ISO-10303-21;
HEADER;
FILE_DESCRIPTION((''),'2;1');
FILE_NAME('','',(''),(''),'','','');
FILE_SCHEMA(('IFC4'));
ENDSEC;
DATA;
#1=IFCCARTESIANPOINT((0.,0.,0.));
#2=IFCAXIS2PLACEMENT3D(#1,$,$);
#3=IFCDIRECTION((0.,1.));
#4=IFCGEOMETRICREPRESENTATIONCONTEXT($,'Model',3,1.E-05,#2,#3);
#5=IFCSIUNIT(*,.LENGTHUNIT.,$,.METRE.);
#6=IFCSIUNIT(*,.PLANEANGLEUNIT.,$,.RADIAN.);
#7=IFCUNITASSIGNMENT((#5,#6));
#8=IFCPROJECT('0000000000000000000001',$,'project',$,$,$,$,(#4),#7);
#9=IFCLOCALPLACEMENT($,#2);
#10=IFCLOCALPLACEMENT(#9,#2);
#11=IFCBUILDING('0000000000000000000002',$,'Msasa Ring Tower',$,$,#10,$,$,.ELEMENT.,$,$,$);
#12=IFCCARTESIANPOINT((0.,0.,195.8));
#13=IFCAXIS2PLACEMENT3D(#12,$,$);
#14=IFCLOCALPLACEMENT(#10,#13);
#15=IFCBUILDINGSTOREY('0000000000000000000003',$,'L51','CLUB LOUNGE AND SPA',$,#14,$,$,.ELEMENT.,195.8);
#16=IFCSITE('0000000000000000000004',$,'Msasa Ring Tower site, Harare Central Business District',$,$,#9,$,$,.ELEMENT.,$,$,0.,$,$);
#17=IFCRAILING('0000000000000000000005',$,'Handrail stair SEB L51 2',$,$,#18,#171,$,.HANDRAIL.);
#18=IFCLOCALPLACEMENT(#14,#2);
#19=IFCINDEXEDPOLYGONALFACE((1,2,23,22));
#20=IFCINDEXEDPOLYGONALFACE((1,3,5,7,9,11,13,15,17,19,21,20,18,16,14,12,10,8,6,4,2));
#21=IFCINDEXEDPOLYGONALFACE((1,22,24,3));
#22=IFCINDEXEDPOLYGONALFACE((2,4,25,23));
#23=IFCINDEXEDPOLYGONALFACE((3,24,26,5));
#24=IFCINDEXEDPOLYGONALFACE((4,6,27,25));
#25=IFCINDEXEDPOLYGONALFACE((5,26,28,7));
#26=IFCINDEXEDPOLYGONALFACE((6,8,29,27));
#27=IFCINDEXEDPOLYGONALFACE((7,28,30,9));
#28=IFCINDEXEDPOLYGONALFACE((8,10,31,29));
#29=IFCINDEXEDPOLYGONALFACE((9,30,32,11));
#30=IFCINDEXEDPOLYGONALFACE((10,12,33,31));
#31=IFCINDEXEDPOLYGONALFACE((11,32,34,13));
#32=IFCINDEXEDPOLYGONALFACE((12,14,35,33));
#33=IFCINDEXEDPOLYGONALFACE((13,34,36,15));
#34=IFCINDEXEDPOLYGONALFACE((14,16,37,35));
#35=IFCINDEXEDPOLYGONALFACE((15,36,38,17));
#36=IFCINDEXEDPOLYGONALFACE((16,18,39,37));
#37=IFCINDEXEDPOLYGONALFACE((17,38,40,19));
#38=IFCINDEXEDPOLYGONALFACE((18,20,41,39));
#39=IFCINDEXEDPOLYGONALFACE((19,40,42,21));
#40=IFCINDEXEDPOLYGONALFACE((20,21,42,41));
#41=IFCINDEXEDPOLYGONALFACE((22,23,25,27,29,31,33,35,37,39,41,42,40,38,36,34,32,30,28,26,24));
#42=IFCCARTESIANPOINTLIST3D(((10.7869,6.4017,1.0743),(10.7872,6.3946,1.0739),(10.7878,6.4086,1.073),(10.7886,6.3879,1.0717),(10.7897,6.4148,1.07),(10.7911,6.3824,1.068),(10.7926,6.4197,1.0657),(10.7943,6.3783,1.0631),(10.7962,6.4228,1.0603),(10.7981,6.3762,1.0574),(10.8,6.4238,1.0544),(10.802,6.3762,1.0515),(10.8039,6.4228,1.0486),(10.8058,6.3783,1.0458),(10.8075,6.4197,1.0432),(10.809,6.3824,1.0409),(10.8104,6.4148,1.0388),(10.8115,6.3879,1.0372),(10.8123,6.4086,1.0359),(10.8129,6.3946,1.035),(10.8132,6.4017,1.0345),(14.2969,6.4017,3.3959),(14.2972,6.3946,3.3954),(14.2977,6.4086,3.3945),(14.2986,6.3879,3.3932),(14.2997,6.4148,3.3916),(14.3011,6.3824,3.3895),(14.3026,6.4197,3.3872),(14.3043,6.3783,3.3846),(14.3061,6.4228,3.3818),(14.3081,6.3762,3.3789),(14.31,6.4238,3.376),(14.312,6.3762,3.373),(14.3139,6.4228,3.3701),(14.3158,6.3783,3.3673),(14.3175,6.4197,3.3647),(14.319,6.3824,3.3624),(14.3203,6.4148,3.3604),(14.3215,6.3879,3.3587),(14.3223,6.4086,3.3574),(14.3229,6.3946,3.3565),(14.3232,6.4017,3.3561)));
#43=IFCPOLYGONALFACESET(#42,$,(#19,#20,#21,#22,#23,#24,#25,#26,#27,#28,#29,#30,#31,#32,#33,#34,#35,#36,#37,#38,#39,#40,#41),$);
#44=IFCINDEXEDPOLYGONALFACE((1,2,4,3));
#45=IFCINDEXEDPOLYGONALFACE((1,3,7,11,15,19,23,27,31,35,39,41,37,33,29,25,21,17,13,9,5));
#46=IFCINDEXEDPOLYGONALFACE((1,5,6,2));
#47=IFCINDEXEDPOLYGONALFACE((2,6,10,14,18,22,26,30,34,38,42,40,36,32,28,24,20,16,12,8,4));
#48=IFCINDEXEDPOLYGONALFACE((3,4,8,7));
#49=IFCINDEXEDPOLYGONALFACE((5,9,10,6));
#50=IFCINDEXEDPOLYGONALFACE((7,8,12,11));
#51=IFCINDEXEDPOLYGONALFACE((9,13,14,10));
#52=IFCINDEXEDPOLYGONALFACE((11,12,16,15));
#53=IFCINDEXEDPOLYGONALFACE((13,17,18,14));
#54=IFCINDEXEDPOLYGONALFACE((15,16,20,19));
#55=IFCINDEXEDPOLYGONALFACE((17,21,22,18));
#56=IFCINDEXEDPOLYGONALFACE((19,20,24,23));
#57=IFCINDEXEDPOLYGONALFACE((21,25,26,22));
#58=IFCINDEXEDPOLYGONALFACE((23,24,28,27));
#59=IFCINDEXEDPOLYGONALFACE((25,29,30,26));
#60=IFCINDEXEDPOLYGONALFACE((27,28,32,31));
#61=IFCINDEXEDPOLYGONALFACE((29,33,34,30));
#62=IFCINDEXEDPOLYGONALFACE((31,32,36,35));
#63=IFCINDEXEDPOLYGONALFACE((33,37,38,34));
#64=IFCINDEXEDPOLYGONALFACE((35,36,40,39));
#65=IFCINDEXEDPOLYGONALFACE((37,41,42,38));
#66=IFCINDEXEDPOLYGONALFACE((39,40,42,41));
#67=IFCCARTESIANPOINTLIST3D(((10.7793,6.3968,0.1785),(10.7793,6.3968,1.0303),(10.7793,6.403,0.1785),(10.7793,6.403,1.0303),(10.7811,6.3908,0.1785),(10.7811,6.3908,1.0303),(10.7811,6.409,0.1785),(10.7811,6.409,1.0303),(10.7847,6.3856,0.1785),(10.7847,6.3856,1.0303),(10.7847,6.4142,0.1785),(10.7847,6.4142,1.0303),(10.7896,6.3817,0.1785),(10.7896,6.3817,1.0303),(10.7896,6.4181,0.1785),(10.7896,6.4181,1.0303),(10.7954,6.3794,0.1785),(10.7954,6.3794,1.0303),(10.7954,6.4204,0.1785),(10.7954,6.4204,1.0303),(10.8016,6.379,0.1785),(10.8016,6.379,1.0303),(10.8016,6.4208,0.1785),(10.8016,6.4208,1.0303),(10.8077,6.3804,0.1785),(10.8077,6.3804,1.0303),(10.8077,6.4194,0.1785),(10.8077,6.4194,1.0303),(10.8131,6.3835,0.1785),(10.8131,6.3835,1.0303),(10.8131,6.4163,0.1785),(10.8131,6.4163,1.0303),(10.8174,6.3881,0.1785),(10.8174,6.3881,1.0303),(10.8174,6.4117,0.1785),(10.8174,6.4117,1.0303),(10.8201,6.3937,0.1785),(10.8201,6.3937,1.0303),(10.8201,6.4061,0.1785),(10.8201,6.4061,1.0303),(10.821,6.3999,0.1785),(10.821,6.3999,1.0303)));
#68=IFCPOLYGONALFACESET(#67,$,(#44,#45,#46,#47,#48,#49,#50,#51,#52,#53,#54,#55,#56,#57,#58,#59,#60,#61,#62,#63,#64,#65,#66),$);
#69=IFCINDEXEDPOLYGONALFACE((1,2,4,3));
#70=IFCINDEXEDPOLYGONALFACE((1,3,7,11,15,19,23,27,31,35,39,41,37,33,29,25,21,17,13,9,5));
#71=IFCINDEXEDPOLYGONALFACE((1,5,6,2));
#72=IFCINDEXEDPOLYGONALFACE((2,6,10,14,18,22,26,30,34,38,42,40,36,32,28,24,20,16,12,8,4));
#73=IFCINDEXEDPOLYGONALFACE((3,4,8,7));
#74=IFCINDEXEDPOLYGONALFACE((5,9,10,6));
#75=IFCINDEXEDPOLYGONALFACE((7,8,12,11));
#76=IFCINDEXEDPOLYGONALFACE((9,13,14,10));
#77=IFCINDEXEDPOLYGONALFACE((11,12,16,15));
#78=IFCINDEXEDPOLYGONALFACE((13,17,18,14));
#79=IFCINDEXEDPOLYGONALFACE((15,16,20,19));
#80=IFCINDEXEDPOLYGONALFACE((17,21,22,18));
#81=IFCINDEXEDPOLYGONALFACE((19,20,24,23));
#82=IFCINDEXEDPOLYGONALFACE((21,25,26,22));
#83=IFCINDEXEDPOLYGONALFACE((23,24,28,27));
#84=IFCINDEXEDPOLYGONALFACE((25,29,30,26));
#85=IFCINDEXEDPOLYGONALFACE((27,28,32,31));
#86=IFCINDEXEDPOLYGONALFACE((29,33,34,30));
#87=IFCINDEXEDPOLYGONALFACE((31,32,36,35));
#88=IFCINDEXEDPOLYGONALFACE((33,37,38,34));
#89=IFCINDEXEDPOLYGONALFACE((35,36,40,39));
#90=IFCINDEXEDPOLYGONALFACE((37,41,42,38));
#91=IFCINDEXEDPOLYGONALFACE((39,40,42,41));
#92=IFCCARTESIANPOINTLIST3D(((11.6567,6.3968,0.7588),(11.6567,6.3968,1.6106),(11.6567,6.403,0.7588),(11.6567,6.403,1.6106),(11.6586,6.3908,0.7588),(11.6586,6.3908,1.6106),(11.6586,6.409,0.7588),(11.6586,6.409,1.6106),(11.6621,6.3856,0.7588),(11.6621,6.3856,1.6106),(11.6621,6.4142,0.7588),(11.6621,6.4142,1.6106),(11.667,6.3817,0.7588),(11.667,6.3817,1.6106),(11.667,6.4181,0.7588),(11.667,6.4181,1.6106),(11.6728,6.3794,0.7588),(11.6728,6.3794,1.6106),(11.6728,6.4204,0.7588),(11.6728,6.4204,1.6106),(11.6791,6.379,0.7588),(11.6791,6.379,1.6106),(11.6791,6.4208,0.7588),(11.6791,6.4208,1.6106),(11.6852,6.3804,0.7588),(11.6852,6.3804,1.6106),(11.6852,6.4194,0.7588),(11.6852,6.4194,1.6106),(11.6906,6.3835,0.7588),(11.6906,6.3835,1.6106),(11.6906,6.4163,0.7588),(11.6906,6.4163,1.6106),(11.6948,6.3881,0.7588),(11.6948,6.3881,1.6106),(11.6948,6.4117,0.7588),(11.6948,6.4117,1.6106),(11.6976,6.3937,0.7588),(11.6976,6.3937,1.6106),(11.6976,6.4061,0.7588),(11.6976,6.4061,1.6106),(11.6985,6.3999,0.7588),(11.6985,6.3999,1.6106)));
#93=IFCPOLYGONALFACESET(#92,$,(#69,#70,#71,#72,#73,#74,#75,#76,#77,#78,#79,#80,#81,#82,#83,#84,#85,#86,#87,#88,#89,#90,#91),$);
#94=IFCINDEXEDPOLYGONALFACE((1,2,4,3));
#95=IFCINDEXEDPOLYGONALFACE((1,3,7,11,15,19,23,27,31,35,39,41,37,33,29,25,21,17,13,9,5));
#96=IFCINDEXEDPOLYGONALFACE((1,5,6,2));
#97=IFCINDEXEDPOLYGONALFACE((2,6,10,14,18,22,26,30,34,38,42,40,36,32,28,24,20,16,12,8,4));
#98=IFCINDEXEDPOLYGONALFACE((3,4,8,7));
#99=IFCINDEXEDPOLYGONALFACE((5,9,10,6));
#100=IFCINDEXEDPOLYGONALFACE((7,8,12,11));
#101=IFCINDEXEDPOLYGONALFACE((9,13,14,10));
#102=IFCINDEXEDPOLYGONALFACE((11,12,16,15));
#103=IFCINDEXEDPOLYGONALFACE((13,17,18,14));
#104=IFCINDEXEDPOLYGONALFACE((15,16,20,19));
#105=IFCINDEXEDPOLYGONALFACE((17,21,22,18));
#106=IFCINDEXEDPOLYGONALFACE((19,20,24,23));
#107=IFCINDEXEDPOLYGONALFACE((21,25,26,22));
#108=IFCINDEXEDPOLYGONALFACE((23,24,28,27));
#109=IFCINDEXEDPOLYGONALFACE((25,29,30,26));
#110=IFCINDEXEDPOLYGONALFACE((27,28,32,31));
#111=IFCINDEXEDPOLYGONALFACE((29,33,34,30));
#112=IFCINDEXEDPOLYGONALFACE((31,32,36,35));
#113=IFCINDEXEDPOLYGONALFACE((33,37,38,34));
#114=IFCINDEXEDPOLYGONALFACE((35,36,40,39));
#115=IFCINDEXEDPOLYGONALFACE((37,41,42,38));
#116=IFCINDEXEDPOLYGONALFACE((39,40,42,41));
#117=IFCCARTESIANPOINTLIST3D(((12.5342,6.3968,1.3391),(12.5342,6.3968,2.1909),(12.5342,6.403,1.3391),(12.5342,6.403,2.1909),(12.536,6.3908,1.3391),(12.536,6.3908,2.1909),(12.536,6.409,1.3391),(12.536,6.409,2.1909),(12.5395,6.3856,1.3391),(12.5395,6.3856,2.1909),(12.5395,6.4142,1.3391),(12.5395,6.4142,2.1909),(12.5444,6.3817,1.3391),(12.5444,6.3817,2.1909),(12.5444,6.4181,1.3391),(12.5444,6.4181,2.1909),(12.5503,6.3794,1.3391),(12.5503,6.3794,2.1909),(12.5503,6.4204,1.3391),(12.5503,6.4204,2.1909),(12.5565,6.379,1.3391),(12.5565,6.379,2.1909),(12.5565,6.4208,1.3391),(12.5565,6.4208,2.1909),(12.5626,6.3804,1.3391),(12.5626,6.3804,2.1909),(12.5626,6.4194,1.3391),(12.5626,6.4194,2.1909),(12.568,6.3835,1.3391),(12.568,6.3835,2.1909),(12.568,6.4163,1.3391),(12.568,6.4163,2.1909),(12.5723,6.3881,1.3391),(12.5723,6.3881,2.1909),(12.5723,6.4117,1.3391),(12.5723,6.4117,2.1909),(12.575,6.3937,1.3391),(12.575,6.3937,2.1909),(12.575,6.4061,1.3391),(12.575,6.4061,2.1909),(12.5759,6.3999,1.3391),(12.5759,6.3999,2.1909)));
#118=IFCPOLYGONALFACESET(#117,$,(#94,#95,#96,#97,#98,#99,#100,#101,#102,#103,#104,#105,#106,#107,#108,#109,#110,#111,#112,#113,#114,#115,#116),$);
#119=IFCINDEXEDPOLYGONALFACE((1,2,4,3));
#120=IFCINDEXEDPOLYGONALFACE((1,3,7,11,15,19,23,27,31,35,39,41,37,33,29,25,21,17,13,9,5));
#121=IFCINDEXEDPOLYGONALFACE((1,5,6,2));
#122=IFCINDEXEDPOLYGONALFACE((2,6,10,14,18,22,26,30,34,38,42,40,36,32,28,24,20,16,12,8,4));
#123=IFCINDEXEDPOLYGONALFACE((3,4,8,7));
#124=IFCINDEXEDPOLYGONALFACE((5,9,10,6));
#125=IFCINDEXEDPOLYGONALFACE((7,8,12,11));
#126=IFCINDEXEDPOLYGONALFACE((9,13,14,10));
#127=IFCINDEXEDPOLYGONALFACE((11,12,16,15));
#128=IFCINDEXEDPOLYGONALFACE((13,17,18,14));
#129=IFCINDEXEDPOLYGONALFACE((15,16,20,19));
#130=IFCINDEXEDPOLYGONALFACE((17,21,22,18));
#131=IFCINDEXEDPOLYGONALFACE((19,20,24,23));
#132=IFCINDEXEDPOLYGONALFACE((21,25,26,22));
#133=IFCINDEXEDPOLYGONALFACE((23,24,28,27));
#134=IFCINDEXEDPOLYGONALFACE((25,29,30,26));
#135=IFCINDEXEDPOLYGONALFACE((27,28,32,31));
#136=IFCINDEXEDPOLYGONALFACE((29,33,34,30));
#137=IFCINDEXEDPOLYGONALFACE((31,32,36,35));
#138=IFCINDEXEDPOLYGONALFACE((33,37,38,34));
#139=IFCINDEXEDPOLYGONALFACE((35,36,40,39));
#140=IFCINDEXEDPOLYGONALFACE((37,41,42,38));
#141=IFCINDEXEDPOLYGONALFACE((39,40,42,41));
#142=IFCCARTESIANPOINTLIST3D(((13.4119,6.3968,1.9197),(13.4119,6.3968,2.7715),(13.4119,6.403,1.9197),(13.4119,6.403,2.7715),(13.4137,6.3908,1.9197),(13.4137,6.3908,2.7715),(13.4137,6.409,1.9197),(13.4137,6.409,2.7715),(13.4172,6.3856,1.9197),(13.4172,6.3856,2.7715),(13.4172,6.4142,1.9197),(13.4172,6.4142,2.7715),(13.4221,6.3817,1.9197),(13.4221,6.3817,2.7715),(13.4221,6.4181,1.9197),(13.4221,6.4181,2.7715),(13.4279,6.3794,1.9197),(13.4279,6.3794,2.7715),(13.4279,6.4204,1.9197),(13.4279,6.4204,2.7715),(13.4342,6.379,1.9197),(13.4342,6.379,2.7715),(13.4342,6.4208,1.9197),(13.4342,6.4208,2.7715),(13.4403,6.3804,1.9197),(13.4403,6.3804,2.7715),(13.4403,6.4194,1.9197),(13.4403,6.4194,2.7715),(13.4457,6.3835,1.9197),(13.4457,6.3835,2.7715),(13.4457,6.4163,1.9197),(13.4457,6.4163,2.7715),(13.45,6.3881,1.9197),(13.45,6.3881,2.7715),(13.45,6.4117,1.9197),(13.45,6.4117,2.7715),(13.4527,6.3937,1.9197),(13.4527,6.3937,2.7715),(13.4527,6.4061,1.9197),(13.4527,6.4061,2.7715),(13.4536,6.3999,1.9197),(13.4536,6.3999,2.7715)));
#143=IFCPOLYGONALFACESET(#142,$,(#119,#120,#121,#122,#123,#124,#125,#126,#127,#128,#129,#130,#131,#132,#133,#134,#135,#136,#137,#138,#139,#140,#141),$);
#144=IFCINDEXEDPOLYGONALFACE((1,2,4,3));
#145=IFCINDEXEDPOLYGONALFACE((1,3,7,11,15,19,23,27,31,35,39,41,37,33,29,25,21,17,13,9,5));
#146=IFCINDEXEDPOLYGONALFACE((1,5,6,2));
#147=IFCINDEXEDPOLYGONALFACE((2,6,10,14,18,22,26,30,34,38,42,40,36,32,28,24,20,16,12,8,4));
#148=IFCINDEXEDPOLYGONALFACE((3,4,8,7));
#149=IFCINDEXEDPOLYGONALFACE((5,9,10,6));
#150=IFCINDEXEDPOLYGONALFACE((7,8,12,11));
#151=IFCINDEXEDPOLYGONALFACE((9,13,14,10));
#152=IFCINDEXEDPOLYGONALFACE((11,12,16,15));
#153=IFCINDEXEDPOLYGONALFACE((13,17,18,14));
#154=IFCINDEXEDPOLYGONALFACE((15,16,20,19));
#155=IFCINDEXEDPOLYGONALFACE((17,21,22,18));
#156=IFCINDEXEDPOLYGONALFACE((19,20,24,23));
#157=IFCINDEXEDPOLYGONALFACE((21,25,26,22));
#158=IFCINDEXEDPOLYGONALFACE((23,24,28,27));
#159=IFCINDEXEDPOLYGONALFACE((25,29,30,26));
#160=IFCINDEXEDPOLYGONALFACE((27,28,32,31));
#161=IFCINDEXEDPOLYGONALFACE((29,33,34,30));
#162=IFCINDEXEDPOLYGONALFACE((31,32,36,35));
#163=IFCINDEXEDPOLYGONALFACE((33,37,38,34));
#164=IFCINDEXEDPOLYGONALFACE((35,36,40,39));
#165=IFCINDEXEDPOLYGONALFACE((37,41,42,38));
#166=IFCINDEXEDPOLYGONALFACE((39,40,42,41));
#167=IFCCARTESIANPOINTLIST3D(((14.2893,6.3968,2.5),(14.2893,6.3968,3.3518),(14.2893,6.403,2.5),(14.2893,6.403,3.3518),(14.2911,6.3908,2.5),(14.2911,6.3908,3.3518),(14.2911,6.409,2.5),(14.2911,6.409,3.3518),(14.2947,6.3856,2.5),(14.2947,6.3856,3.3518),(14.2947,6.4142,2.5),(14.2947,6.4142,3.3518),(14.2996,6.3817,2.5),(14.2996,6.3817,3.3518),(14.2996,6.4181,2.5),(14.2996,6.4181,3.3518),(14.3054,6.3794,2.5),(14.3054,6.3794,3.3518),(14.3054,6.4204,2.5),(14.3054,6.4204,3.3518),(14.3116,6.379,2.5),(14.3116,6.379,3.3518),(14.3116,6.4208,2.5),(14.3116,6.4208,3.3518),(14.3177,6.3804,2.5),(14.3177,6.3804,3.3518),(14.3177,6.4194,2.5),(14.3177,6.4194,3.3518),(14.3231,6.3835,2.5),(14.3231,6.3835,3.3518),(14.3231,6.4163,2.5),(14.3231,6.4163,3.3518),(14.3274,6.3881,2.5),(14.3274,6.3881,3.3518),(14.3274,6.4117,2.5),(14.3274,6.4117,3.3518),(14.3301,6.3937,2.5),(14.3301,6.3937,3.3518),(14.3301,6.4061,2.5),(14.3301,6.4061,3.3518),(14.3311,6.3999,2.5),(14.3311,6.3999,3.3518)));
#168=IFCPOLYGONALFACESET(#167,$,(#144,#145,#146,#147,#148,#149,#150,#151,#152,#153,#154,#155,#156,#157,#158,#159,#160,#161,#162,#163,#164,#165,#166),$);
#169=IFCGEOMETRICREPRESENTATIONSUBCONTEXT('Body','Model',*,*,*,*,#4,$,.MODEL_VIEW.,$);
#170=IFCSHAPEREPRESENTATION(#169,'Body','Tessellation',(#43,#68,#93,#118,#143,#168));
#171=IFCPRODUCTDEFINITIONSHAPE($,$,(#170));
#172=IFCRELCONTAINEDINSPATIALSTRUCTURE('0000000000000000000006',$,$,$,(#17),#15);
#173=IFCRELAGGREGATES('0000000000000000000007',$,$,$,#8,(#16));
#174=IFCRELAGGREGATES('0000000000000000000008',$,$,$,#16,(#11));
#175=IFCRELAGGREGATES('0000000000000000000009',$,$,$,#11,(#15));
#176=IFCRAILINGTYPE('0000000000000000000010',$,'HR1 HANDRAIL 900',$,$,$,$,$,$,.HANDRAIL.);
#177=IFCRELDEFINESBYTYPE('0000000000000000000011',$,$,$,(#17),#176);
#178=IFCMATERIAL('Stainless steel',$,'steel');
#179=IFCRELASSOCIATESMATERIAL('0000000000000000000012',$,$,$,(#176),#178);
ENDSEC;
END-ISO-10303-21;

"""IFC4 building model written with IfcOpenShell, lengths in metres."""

from ifc_helpers import new_model, si_unit, direction, frame, origin, origin_2d, place, context, subcontext, project, spatial, circle, extrude, material, type_object, element, save


model = new_model("IFC4")

# Units and contexts
model_context = context("Model", 3, precision=1e-05, world=origin(), true_north=direction((0.0, 1.0)))
body_context = subcontext(model_context, "Body", "Model", "MODEL_VIEW")
ifc_project = project(units=[si_unit("LENGTHUNIT", "METRE"), si_unit("PLANEANGLEUNIT", "RADIAN")], contexts=[model_context])

# Site, building, storey
site_placement = place(None, origin())
site = spatial("IfcSite", under=ifc_project, at=site_placement, Name="Msasa Ring Tower site, Harare Central Business District", CompositionType="ELEMENT", RefElevation=0.0)
building_placement = place(site_placement, origin())
building = spatial("IfcBuilding", under=site, at=building_placement, Name="Msasa Ring Tower", CompositionType="ELEMENT")
storey_placement = place(building_placement, frame((0.0, 0.0, 195.8)))
storey = spatial("IfcBuildingStorey", under=building, at=storey_placement, Name="L51", Description="CLUB LOUNGE AND SPA", CompositionType="ELEMENT", Elevation=195.8)

# Railing
ifc_material_1 = material(Name="Stainless steel", Category="steel")
railing_type = type_object("IfcRailingType", Name="HR1 HANDRAIL 900", PredefinedType="HANDRAIL", material=ifc_material_1)
for number, where, name in (
    (1, (10.8, 6.3999, 0.1785), "Handrail stair SEB L51 2"),
):
    element("IfcRailing", number, at=place(storey_placement, frame(where)), inside=storey, type_object=railing_type, Name=name, PredefinedType="HANDRAIL", context=body_context, shape_type="SweptSolid", body=[
        extrude(circle(Radius=0.0239, at=origin_2d()), frame((0.0, 0.0, 0.876), z_axis=(0.834071, 0.0, 0.551657), x_axis=(0.0, 1.0, 0.0)), (0.0, 0.0, 1.0), 4.2083),
        extrude(circle(Radius=0.021, at=origin_2d()), origin(), (0.0, 0.0, 1.0), 0.8518),
        extrude(circle(Radius=0.021, at=origin_2d()), frame((0.8774, 0.0, 0.5803)), (0.0, 0.0, 1.0), 0.8518),
        extrude(circle(Radius=0.021, at=origin_2d()), frame((1.7549, 0.0, 1.1606)), (0.0, 0.0, 1.0), 0.8518),
        extrude(circle(Radius=0.021, at=origin_2d()), frame((2.6326, 0.0, 1.7412)), (0.0, 0.0, 1.0), 0.8518),
        extrude(circle(Radius=0.021, at=origin_2d()), frame((3.51, 0.0, 2.3215)), (0.0, 0.0, 1.0), 0.8518),
    ])

save(model, "model.ifc")
